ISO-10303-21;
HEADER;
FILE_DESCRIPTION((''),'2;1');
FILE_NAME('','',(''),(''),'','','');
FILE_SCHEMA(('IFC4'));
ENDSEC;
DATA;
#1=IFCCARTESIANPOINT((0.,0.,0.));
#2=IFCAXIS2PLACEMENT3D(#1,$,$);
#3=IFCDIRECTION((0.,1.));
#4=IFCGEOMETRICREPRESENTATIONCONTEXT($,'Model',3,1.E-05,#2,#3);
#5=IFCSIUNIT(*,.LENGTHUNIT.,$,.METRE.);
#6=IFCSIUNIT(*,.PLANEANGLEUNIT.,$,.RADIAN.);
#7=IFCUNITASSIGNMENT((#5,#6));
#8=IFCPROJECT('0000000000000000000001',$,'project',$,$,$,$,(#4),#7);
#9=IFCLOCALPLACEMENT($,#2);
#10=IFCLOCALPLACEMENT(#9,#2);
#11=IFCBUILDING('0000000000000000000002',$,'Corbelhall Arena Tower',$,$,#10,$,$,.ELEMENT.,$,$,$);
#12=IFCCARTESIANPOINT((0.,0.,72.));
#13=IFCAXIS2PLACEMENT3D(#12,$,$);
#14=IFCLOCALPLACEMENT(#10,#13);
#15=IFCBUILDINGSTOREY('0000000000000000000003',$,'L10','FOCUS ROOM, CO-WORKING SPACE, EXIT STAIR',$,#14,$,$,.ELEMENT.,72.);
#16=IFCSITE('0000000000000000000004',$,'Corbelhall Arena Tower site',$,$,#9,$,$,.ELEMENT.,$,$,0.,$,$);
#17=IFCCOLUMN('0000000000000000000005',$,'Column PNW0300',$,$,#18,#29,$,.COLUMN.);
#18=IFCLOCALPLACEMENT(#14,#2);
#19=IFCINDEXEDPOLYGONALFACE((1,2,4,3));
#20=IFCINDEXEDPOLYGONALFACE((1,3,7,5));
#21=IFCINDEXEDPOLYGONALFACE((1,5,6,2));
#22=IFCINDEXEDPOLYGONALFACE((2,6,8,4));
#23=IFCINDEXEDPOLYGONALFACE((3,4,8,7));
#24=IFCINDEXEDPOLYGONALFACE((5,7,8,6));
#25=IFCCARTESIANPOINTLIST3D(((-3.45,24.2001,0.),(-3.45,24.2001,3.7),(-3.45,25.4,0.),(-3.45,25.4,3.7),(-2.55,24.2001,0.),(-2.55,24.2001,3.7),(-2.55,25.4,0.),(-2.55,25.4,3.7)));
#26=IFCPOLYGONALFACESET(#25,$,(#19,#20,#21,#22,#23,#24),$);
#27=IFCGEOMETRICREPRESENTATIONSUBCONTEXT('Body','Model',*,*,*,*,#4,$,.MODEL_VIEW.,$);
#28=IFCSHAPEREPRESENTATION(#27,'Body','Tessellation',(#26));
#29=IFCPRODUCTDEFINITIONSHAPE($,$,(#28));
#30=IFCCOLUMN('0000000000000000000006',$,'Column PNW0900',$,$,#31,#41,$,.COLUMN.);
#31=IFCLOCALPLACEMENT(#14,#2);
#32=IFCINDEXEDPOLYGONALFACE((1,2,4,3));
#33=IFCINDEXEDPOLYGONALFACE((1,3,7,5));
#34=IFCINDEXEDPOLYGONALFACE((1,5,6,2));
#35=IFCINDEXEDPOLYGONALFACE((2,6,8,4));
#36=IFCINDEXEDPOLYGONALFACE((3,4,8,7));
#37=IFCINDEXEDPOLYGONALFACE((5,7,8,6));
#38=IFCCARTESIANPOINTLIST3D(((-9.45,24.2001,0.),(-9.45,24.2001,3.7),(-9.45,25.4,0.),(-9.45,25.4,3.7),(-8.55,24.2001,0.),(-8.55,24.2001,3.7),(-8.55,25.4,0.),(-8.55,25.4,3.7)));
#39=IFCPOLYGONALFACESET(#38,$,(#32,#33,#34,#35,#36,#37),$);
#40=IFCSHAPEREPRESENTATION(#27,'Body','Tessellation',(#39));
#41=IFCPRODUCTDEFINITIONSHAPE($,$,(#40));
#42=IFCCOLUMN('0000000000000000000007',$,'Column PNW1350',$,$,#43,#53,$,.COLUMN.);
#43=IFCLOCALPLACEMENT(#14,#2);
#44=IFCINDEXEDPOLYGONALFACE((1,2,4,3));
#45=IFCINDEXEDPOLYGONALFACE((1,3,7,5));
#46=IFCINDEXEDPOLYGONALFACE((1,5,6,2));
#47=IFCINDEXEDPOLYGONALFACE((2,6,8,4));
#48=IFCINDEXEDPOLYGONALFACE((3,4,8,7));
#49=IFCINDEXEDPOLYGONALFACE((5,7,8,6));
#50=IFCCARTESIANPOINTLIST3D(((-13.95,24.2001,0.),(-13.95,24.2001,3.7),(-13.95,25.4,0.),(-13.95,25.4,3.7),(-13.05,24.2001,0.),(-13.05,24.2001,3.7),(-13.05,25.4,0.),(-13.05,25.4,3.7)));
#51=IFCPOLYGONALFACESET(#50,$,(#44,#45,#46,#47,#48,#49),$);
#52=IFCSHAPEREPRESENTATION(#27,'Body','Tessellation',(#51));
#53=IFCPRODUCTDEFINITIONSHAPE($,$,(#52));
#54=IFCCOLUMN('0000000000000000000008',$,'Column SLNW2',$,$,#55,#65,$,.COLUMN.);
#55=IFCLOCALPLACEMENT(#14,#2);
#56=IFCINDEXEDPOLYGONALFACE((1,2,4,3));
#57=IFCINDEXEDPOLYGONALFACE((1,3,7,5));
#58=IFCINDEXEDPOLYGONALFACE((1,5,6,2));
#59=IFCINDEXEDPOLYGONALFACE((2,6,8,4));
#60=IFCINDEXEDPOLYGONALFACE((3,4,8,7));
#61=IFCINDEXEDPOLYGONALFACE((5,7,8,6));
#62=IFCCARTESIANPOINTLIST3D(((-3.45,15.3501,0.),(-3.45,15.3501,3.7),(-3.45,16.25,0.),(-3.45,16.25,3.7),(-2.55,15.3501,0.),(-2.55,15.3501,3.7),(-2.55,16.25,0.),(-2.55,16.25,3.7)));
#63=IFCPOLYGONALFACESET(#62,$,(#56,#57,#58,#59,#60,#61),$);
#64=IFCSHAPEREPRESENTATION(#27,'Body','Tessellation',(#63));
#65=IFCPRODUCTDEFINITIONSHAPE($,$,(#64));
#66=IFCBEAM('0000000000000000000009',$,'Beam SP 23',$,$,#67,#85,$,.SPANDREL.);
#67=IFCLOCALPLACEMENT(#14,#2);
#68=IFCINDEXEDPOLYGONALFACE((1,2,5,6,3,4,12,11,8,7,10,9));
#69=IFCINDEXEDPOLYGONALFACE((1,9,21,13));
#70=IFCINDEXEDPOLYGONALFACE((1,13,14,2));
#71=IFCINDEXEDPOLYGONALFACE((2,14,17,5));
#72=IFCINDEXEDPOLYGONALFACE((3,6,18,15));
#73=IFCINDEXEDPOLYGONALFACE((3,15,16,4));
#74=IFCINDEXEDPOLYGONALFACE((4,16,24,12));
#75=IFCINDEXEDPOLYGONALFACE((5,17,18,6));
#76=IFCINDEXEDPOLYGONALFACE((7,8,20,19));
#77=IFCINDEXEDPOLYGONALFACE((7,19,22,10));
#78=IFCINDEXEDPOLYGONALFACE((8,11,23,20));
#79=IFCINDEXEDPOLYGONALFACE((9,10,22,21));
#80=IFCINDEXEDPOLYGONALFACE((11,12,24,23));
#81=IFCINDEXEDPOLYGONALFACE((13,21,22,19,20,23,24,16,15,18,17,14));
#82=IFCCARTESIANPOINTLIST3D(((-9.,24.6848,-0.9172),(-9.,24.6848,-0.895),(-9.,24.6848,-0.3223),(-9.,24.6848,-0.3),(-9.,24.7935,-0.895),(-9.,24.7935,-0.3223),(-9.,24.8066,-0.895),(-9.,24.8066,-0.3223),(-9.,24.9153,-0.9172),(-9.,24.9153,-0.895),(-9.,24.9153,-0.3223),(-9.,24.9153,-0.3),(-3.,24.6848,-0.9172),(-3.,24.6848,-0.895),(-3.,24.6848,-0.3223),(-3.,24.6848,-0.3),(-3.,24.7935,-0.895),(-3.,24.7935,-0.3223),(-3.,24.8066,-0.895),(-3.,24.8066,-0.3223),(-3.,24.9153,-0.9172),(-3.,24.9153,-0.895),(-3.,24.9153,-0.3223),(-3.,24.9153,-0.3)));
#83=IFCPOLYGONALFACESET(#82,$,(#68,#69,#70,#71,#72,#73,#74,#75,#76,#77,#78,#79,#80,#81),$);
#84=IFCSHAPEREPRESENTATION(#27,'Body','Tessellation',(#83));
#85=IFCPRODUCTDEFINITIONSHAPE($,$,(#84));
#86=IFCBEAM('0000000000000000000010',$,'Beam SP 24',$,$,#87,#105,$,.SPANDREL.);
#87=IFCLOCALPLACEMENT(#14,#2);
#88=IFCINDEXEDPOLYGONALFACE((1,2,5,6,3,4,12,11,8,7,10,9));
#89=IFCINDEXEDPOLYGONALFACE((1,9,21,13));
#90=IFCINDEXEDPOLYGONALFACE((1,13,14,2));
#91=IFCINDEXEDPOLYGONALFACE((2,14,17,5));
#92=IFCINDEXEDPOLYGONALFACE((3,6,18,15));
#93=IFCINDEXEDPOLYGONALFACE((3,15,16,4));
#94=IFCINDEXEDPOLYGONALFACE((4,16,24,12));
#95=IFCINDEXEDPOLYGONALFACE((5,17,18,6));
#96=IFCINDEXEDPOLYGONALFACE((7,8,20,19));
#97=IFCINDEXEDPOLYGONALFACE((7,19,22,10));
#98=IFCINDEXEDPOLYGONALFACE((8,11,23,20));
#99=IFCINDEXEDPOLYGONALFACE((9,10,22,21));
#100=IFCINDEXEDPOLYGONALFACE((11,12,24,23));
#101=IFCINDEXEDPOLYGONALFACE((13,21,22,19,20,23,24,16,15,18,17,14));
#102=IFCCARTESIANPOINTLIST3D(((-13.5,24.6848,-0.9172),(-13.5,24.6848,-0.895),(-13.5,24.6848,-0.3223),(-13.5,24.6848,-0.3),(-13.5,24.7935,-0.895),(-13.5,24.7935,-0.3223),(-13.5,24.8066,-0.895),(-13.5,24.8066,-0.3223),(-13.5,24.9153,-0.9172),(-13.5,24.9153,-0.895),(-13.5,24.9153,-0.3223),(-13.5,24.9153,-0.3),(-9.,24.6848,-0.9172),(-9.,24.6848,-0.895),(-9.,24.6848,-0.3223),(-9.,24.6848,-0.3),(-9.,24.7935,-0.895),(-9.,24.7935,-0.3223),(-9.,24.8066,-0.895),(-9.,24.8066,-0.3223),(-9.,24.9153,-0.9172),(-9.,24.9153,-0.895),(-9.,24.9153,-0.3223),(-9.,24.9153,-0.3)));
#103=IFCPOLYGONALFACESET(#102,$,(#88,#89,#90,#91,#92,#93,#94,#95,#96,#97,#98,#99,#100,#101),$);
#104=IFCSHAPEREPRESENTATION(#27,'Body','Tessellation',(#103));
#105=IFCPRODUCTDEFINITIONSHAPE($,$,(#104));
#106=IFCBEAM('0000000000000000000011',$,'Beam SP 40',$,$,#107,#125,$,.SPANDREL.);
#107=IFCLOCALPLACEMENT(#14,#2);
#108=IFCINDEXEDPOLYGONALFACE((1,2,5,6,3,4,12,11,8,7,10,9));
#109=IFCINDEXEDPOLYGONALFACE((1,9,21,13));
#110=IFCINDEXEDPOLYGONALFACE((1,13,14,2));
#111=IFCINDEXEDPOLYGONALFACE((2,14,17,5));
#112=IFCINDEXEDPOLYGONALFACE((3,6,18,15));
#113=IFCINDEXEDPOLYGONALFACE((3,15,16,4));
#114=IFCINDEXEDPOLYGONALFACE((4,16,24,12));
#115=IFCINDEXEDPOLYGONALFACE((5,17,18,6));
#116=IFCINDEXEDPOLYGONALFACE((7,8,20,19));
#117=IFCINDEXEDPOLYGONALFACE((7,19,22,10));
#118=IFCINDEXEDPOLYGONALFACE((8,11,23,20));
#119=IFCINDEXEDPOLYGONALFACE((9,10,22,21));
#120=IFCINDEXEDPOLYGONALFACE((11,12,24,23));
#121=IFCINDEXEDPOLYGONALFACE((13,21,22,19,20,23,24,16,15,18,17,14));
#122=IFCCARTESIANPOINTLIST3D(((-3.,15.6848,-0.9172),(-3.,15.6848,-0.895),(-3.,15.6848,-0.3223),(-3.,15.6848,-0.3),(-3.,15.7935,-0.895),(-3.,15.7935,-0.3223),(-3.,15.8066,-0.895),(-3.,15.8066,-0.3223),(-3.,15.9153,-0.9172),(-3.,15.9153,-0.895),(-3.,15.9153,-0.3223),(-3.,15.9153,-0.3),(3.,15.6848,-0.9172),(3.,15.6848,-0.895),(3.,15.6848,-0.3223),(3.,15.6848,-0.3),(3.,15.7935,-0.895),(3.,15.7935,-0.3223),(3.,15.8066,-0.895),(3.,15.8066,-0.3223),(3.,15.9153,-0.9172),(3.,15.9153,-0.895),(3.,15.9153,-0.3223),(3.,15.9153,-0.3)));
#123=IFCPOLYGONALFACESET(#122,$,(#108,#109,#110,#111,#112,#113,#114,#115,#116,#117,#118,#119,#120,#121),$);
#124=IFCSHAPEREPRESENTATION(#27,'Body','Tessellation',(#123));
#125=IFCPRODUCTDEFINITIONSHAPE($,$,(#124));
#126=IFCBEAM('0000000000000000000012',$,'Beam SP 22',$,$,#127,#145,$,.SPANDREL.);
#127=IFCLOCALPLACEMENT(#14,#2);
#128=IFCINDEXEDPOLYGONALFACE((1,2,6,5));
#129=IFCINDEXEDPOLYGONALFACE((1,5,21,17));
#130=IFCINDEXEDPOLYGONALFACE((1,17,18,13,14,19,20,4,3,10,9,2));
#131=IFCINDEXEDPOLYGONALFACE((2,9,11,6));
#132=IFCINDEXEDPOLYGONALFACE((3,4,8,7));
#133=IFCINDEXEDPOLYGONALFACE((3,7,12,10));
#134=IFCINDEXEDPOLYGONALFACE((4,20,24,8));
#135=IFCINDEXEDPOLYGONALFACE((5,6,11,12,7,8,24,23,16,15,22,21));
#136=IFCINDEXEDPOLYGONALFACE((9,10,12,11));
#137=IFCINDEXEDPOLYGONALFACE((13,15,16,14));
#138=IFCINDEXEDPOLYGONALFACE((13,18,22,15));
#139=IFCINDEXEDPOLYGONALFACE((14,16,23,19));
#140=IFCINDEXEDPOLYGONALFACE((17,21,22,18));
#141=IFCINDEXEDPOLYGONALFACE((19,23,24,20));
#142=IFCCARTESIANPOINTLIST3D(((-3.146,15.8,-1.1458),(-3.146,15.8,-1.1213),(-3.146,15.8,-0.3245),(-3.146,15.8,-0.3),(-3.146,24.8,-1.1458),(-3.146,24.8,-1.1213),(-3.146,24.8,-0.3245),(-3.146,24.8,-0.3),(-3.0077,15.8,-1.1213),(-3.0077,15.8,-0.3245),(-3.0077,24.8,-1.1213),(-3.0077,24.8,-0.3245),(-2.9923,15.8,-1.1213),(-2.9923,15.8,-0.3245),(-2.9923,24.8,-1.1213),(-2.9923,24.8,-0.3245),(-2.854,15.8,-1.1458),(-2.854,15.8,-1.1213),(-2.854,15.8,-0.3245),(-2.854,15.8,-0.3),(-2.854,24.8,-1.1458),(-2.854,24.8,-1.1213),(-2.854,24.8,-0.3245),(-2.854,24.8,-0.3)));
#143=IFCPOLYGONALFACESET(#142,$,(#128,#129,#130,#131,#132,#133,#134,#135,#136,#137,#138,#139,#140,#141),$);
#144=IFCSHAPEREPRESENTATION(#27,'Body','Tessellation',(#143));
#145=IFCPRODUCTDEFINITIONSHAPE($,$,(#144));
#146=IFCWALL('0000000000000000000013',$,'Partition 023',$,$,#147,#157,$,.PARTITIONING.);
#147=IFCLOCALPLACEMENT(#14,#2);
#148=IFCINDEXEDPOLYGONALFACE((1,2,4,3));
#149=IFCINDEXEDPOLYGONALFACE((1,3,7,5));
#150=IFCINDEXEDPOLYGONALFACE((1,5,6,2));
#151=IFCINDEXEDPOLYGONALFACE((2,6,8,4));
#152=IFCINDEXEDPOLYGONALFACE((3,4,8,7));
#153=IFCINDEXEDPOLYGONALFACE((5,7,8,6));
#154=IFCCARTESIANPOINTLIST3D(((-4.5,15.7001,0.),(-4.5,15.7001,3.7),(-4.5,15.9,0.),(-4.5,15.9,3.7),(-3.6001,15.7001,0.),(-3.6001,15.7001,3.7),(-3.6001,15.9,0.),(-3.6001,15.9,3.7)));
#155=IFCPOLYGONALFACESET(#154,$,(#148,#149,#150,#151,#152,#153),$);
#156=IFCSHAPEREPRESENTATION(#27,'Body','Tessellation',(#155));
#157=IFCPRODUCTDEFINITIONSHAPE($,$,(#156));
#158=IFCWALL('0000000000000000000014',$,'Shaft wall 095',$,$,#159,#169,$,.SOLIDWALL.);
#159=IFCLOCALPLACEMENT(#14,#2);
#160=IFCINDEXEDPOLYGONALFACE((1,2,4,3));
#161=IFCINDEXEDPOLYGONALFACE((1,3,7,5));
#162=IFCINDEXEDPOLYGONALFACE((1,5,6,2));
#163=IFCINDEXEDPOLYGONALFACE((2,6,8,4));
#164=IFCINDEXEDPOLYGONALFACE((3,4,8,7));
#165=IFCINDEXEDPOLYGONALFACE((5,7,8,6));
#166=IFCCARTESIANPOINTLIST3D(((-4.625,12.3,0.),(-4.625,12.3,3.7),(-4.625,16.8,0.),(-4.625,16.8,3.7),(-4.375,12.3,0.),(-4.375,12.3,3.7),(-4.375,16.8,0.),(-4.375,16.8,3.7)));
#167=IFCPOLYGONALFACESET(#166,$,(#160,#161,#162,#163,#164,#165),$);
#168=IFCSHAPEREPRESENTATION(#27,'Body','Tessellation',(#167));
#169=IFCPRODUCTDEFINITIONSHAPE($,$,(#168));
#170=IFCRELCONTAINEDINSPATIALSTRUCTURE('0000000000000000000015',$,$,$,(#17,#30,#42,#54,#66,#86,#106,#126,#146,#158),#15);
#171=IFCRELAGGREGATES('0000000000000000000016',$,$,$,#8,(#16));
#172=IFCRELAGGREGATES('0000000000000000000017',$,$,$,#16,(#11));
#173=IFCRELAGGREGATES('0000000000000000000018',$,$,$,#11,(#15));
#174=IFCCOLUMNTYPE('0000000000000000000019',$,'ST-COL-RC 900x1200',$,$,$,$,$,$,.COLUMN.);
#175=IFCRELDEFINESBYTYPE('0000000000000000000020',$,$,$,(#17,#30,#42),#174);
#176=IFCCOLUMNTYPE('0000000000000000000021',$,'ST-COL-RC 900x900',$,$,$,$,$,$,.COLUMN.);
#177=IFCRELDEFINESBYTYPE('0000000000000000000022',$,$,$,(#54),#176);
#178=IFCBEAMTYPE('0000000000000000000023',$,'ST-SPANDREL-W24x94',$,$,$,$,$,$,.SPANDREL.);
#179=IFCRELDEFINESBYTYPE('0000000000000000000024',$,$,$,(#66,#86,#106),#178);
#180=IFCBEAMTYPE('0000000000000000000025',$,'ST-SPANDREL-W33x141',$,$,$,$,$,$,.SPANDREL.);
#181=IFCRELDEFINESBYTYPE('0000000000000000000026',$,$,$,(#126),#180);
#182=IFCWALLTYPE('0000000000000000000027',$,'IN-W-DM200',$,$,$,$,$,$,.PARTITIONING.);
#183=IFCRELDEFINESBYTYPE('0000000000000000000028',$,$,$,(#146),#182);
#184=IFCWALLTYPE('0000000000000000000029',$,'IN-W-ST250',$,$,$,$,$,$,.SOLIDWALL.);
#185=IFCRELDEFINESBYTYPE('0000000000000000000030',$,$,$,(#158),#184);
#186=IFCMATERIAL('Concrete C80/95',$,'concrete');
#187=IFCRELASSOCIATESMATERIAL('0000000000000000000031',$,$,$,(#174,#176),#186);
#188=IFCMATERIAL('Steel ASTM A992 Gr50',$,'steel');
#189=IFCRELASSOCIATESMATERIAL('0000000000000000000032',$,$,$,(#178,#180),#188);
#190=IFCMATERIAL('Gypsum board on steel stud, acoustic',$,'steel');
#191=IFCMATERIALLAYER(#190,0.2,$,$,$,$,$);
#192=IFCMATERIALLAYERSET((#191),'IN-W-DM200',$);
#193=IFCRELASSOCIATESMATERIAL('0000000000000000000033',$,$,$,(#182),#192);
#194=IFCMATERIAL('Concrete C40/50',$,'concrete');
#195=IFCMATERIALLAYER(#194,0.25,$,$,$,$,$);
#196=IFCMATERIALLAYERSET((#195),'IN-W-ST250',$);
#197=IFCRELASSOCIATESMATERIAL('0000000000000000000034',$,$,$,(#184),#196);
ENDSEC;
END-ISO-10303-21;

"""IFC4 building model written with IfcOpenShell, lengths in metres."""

from ifc_helpers import new_model, si_unit, direction, frame, frame_2d, origin, origin_2d, place, context, subcontext, project, spatial, rectangle, i_section, extrude, material, layer, layer_set, material_profile, profile_set, type_object, element, save


model = new_model("IFC4")

# Units and contexts
model_context = context("Model", 3, precision=1e-05, world=origin(), true_north=direction((0.0, 1.0)))
body_context = subcontext(model_context, "Body", "Model", "MODEL_VIEW")
ifc_project = project(units=[si_unit("LENGTHUNIT", "METRE"), si_unit("PLANEANGLEUNIT", "RADIAN")], contexts=[model_context])

# Site, building, storey
site_placement = place(None, origin())
site = spatial("IfcSite", under=ifc_project, at=site_placement, Name="Corbelhall Arena Tower site", CompositionType="ELEMENT", RefElevation=0.0)
building_placement = place(site_placement, origin())
building = spatial("IfcBuilding", under=site, at=building_placement, Name="Corbelhall Arena Tower", CompositionType="ELEMENT")
storey_placement = place(building_placement, frame((0.0, 0.0, 72.0)))
storey = spatial("IfcBuildingStorey", under=building, at=storey_placement, Name="L10", Description="FOCUS ROOM, CO-WORKING SPACE, EXIT STAIR", CompositionType="ELEMENT", Elevation=72.0)

# Columns
ifc_material_1 = material(Name="Concrete C80/95", Category="concrete")
ifc_material_profile_1 = material_profile(ifc_material_1, rectangle(XDim=0.8999, YDim=1.2, at=origin_2d()))
ifc_profile_set_1 = profile_set([ifc_material_profile_1], Name="Concrete C80/95")
column_type_1 = type_object("IfcColumnType", Name="ST-COL-RC 900x1200", PredefinedType="COLUMN", material=ifc_profile_set_1)
for number, where, z_axis, x_axis, name in (
    (1, (-3.0, 24.8, 0.0), (0.0, 0.0, 1.0), (1.0, 0.0, 0.0), "Column PNW0300"),
    (2, (-9.0, 24.8, 0.0), (0.0, 0.0, 1.0), (1.0, 0.0, 0.0), "Column PNW0900"),
    (3, (-13.5, 24.8, 0.0), (0.0, 0.0, 1.0), (1.0, 0.0, 0.0), "Column PNW1350"),
):
    element("IfcColumn", number, at=place(storey_placement, frame(where, z_axis=z_axis, x_axis=x_axis)), inside=storey, type_object=column_type_1, Name=name, PredefinedType="COLUMN", context=body_context, shape_type="SweptSolid", body=[
        extrude(rectangle(XDim=0.8999, YDim=1.2, at=origin_2d()), origin(), (0.0, 0.0, 1.0), 3.7),
    ])
ifc_material_profile_2 = material_profile(ifc_material_1, rectangle(XDim=0.8999, YDim=0.8999, at=origin_2d()))
ifc_profile_set_2 = profile_set([ifc_material_profile_2], Name="Concrete C80/95")
column_type_2 = type_object("IfcColumnType", Name="ST-COL-RC 900x900", PredefinedType="COLUMN", material=ifc_profile_set_2)
column_placement = place(storey_placement, frame((-3.0, 15.8, 0.0), z_axis=(0.0, 0.0, 1.0), x_axis=(1.0, 0.0, 0.0)))
element("IfcColumn", 4, at=column_placement, inside=storey, type_object=column_type_2, Name="Column SLNW2", PredefinedType="COLUMN", context=body_context, shape_type="SweptSolid", body=[
    extrude(rectangle(XDim=0.8999, YDim=0.8999, at=origin_2d()), origin(), (0.0, 0.0, 1.0), 3.7),
])

# Beams
ifc_material_2 = material(Name="Steel ASTM A992 Gr50", Category="steel")
ifc_material_profile_3 = material_profile(ifc_material_2, i_section(OverallWidth=0.2305, OverallDepth=0.6172, WebThickness=0.0132, FlangeThickness=0.0222, at=origin_2d()))
ifc_profile_set_3 = profile_set([ifc_material_profile_3], Name="Steel ASTM A992 Gr50")
beam_type_1 = type_object("IfcBeamType", Name="ST-SPANDREL-W24x94", PredefinedType="SPANDREL", material=ifc_profile_set_3)
beam_1_placement = place(storey_placement, frame((-9.0, 24.8, -0.6086), z_axis=(1.0, 0.0, 0.0), x_axis=(0.0, 1.0, 0.0)))
element("IfcBeam", 5, at=beam_1_placement, inside=storey, type_object=beam_type_1, Name="Beam SP 23", PredefinedType="SPANDREL", context=body_context, shape_type="SweptSolid", body=[
    extrude(i_section(OverallWidth=0.2305, OverallDepth=0.6172, WebThickness=0.0132, FlangeThickness=0.0222, at=origin_2d()), origin(), (0.0, 0.0, 1.0), 6.0),
])
beam_2_placement = place(storey_placement, frame((-13.5, 24.8, -0.6086), z_axis=(1.0, 0.0, 0.0), x_axis=(0.0, 1.0, 0.0)))
element("IfcBeam", 6, at=beam_2_placement, inside=storey, type_object=beam_type_1, Name="Beam SP 24", PredefinedType="SPANDREL", context=body_context, shape_type="SweptSolid", body=[
    extrude(i_section(OverallWidth=0.2305, OverallDepth=0.6172, WebThickness=0.0132, FlangeThickness=0.0222, at=origin_2d()), origin(), (0.0, 0.0, 1.0), 4.5),
])
beam_3_placement = place(storey_placement, frame((-3.0, 15.8, -0.6086), z_axis=(1.0, 0.0, 0.0), x_axis=(0.0, 1.0, 0.0)))
element("IfcBeam", 7, at=beam_3_placement, inside=storey, type_object=beam_type_1, Name="Beam SP 40", PredefinedType="SPANDREL", context=body_context, shape_type="SweptSolid", body=[
    extrude(i_section(OverallWidth=0.2305, OverallDepth=0.6172, WebThickness=0.0132, FlangeThickness=0.0222, at=origin_2d()), origin(), (0.0, 0.0, 1.0), 6.0),
])
ifc_material_profile_4 = material_profile(ifc_material_2, i_section(OverallWidth=0.292, OverallDepth=0.8457, WebThickness=0.0154, FlangeThickness=0.0244, at=origin_2d()))
ifc_profile_set_4 = profile_set([ifc_material_profile_4], Name="Steel ASTM A992 Gr50")
beam_type_2 = type_object("IfcBeamType", Name="ST-SPANDREL-W33x141", PredefinedType="SPANDREL", material=ifc_profile_set_4)
beam_4_placement = place(storey_placement, frame((-3.0, 24.8, -0.7229), z_axis=(0.0, -1.0, 0.0), x_axis=(1.0, 0.0, 0.0)))
element("IfcBeam", 8, at=beam_4_placement, inside=storey, type_object=beam_type_2, Name="Beam SP 22", PredefinedType="SPANDREL", context=body_context, shape_type="SweptSolid", body=[
    extrude(i_section(OverallWidth=0.292, OverallDepth=0.8457, WebThickness=0.0154, FlangeThickness=0.0244, at=origin_2d()), origin(), (0.0, 0.0, 1.0), 9.0),
])

# Walls
ifc_material_3 = material(Name="Gypsum board on steel stud, acoustic", Category="steel")
ifc_layer_1 = layer(ifc_material_3, 0.2)
ifc_layer_set_1 = layer_set([ifc_layer_1], Name="IN-W-DM200")
wall_type_1 = type_object("IfcWallType", Name="IN-W-DM200", PredefinedType="PARTITIONING", material=ifc_layer_set_1)
wall_1_placement = place(storey_placement, frame((-4.5, 15.8, 0.0), z_axis=(0.0, 0.0, 1.0), x_axis=(1.0, 0.0, 0.0)))
element("IfcWall", 9, at=wall_1_placement, inside=storey, type_object=wall_type_1, Name="Partition 023", PredefinedType="PARTITIONING", context=body_context, shape_type="SweptSolid", body=[
    extrude(rectangle(XDim=0.8999, YDim=0.2, at=frame_2d((0.45, 0.0))), origin(), (0.0, 0.0, 1.0), 3.7),
])
ifc_material_4 = material(Name="Concrete C40/50", Category="concrete")
ifc_layer_2 = layer(ifc_material_4, 0.25)
ifc_layer_set_2 = layer_set([ifc_layer_2], Name="IN-W-ST250")
wall_type_2 = type_object("IfcWallType", Name="IN-W-ST250", PredefinedType="SOLIDWALL", material=ifc_layer_set_2)
wall_2_placement = place(storey_placement, frame((-4.5, 16.8, 0.0), z_axis=(0.0, 0.0, 1.0), x_axis=(0.0, -1.0, 0.0)))
element("IfcWall", 10, at=wall_2_placement, inside=storey, type_object=wall_type_2, Name="Shaft wall 095", PredefinedType="SOLIDWALL", context=body_context, shape_type="SweptSolid", body=[
    extrude(rectangle(XDim=4.5, YDim=0.25, at=frame_2d((2.25, 0.0))), origin(), (0.0, 0.0, 1.0), 3.7),
])

save(model, "model.ifc")
